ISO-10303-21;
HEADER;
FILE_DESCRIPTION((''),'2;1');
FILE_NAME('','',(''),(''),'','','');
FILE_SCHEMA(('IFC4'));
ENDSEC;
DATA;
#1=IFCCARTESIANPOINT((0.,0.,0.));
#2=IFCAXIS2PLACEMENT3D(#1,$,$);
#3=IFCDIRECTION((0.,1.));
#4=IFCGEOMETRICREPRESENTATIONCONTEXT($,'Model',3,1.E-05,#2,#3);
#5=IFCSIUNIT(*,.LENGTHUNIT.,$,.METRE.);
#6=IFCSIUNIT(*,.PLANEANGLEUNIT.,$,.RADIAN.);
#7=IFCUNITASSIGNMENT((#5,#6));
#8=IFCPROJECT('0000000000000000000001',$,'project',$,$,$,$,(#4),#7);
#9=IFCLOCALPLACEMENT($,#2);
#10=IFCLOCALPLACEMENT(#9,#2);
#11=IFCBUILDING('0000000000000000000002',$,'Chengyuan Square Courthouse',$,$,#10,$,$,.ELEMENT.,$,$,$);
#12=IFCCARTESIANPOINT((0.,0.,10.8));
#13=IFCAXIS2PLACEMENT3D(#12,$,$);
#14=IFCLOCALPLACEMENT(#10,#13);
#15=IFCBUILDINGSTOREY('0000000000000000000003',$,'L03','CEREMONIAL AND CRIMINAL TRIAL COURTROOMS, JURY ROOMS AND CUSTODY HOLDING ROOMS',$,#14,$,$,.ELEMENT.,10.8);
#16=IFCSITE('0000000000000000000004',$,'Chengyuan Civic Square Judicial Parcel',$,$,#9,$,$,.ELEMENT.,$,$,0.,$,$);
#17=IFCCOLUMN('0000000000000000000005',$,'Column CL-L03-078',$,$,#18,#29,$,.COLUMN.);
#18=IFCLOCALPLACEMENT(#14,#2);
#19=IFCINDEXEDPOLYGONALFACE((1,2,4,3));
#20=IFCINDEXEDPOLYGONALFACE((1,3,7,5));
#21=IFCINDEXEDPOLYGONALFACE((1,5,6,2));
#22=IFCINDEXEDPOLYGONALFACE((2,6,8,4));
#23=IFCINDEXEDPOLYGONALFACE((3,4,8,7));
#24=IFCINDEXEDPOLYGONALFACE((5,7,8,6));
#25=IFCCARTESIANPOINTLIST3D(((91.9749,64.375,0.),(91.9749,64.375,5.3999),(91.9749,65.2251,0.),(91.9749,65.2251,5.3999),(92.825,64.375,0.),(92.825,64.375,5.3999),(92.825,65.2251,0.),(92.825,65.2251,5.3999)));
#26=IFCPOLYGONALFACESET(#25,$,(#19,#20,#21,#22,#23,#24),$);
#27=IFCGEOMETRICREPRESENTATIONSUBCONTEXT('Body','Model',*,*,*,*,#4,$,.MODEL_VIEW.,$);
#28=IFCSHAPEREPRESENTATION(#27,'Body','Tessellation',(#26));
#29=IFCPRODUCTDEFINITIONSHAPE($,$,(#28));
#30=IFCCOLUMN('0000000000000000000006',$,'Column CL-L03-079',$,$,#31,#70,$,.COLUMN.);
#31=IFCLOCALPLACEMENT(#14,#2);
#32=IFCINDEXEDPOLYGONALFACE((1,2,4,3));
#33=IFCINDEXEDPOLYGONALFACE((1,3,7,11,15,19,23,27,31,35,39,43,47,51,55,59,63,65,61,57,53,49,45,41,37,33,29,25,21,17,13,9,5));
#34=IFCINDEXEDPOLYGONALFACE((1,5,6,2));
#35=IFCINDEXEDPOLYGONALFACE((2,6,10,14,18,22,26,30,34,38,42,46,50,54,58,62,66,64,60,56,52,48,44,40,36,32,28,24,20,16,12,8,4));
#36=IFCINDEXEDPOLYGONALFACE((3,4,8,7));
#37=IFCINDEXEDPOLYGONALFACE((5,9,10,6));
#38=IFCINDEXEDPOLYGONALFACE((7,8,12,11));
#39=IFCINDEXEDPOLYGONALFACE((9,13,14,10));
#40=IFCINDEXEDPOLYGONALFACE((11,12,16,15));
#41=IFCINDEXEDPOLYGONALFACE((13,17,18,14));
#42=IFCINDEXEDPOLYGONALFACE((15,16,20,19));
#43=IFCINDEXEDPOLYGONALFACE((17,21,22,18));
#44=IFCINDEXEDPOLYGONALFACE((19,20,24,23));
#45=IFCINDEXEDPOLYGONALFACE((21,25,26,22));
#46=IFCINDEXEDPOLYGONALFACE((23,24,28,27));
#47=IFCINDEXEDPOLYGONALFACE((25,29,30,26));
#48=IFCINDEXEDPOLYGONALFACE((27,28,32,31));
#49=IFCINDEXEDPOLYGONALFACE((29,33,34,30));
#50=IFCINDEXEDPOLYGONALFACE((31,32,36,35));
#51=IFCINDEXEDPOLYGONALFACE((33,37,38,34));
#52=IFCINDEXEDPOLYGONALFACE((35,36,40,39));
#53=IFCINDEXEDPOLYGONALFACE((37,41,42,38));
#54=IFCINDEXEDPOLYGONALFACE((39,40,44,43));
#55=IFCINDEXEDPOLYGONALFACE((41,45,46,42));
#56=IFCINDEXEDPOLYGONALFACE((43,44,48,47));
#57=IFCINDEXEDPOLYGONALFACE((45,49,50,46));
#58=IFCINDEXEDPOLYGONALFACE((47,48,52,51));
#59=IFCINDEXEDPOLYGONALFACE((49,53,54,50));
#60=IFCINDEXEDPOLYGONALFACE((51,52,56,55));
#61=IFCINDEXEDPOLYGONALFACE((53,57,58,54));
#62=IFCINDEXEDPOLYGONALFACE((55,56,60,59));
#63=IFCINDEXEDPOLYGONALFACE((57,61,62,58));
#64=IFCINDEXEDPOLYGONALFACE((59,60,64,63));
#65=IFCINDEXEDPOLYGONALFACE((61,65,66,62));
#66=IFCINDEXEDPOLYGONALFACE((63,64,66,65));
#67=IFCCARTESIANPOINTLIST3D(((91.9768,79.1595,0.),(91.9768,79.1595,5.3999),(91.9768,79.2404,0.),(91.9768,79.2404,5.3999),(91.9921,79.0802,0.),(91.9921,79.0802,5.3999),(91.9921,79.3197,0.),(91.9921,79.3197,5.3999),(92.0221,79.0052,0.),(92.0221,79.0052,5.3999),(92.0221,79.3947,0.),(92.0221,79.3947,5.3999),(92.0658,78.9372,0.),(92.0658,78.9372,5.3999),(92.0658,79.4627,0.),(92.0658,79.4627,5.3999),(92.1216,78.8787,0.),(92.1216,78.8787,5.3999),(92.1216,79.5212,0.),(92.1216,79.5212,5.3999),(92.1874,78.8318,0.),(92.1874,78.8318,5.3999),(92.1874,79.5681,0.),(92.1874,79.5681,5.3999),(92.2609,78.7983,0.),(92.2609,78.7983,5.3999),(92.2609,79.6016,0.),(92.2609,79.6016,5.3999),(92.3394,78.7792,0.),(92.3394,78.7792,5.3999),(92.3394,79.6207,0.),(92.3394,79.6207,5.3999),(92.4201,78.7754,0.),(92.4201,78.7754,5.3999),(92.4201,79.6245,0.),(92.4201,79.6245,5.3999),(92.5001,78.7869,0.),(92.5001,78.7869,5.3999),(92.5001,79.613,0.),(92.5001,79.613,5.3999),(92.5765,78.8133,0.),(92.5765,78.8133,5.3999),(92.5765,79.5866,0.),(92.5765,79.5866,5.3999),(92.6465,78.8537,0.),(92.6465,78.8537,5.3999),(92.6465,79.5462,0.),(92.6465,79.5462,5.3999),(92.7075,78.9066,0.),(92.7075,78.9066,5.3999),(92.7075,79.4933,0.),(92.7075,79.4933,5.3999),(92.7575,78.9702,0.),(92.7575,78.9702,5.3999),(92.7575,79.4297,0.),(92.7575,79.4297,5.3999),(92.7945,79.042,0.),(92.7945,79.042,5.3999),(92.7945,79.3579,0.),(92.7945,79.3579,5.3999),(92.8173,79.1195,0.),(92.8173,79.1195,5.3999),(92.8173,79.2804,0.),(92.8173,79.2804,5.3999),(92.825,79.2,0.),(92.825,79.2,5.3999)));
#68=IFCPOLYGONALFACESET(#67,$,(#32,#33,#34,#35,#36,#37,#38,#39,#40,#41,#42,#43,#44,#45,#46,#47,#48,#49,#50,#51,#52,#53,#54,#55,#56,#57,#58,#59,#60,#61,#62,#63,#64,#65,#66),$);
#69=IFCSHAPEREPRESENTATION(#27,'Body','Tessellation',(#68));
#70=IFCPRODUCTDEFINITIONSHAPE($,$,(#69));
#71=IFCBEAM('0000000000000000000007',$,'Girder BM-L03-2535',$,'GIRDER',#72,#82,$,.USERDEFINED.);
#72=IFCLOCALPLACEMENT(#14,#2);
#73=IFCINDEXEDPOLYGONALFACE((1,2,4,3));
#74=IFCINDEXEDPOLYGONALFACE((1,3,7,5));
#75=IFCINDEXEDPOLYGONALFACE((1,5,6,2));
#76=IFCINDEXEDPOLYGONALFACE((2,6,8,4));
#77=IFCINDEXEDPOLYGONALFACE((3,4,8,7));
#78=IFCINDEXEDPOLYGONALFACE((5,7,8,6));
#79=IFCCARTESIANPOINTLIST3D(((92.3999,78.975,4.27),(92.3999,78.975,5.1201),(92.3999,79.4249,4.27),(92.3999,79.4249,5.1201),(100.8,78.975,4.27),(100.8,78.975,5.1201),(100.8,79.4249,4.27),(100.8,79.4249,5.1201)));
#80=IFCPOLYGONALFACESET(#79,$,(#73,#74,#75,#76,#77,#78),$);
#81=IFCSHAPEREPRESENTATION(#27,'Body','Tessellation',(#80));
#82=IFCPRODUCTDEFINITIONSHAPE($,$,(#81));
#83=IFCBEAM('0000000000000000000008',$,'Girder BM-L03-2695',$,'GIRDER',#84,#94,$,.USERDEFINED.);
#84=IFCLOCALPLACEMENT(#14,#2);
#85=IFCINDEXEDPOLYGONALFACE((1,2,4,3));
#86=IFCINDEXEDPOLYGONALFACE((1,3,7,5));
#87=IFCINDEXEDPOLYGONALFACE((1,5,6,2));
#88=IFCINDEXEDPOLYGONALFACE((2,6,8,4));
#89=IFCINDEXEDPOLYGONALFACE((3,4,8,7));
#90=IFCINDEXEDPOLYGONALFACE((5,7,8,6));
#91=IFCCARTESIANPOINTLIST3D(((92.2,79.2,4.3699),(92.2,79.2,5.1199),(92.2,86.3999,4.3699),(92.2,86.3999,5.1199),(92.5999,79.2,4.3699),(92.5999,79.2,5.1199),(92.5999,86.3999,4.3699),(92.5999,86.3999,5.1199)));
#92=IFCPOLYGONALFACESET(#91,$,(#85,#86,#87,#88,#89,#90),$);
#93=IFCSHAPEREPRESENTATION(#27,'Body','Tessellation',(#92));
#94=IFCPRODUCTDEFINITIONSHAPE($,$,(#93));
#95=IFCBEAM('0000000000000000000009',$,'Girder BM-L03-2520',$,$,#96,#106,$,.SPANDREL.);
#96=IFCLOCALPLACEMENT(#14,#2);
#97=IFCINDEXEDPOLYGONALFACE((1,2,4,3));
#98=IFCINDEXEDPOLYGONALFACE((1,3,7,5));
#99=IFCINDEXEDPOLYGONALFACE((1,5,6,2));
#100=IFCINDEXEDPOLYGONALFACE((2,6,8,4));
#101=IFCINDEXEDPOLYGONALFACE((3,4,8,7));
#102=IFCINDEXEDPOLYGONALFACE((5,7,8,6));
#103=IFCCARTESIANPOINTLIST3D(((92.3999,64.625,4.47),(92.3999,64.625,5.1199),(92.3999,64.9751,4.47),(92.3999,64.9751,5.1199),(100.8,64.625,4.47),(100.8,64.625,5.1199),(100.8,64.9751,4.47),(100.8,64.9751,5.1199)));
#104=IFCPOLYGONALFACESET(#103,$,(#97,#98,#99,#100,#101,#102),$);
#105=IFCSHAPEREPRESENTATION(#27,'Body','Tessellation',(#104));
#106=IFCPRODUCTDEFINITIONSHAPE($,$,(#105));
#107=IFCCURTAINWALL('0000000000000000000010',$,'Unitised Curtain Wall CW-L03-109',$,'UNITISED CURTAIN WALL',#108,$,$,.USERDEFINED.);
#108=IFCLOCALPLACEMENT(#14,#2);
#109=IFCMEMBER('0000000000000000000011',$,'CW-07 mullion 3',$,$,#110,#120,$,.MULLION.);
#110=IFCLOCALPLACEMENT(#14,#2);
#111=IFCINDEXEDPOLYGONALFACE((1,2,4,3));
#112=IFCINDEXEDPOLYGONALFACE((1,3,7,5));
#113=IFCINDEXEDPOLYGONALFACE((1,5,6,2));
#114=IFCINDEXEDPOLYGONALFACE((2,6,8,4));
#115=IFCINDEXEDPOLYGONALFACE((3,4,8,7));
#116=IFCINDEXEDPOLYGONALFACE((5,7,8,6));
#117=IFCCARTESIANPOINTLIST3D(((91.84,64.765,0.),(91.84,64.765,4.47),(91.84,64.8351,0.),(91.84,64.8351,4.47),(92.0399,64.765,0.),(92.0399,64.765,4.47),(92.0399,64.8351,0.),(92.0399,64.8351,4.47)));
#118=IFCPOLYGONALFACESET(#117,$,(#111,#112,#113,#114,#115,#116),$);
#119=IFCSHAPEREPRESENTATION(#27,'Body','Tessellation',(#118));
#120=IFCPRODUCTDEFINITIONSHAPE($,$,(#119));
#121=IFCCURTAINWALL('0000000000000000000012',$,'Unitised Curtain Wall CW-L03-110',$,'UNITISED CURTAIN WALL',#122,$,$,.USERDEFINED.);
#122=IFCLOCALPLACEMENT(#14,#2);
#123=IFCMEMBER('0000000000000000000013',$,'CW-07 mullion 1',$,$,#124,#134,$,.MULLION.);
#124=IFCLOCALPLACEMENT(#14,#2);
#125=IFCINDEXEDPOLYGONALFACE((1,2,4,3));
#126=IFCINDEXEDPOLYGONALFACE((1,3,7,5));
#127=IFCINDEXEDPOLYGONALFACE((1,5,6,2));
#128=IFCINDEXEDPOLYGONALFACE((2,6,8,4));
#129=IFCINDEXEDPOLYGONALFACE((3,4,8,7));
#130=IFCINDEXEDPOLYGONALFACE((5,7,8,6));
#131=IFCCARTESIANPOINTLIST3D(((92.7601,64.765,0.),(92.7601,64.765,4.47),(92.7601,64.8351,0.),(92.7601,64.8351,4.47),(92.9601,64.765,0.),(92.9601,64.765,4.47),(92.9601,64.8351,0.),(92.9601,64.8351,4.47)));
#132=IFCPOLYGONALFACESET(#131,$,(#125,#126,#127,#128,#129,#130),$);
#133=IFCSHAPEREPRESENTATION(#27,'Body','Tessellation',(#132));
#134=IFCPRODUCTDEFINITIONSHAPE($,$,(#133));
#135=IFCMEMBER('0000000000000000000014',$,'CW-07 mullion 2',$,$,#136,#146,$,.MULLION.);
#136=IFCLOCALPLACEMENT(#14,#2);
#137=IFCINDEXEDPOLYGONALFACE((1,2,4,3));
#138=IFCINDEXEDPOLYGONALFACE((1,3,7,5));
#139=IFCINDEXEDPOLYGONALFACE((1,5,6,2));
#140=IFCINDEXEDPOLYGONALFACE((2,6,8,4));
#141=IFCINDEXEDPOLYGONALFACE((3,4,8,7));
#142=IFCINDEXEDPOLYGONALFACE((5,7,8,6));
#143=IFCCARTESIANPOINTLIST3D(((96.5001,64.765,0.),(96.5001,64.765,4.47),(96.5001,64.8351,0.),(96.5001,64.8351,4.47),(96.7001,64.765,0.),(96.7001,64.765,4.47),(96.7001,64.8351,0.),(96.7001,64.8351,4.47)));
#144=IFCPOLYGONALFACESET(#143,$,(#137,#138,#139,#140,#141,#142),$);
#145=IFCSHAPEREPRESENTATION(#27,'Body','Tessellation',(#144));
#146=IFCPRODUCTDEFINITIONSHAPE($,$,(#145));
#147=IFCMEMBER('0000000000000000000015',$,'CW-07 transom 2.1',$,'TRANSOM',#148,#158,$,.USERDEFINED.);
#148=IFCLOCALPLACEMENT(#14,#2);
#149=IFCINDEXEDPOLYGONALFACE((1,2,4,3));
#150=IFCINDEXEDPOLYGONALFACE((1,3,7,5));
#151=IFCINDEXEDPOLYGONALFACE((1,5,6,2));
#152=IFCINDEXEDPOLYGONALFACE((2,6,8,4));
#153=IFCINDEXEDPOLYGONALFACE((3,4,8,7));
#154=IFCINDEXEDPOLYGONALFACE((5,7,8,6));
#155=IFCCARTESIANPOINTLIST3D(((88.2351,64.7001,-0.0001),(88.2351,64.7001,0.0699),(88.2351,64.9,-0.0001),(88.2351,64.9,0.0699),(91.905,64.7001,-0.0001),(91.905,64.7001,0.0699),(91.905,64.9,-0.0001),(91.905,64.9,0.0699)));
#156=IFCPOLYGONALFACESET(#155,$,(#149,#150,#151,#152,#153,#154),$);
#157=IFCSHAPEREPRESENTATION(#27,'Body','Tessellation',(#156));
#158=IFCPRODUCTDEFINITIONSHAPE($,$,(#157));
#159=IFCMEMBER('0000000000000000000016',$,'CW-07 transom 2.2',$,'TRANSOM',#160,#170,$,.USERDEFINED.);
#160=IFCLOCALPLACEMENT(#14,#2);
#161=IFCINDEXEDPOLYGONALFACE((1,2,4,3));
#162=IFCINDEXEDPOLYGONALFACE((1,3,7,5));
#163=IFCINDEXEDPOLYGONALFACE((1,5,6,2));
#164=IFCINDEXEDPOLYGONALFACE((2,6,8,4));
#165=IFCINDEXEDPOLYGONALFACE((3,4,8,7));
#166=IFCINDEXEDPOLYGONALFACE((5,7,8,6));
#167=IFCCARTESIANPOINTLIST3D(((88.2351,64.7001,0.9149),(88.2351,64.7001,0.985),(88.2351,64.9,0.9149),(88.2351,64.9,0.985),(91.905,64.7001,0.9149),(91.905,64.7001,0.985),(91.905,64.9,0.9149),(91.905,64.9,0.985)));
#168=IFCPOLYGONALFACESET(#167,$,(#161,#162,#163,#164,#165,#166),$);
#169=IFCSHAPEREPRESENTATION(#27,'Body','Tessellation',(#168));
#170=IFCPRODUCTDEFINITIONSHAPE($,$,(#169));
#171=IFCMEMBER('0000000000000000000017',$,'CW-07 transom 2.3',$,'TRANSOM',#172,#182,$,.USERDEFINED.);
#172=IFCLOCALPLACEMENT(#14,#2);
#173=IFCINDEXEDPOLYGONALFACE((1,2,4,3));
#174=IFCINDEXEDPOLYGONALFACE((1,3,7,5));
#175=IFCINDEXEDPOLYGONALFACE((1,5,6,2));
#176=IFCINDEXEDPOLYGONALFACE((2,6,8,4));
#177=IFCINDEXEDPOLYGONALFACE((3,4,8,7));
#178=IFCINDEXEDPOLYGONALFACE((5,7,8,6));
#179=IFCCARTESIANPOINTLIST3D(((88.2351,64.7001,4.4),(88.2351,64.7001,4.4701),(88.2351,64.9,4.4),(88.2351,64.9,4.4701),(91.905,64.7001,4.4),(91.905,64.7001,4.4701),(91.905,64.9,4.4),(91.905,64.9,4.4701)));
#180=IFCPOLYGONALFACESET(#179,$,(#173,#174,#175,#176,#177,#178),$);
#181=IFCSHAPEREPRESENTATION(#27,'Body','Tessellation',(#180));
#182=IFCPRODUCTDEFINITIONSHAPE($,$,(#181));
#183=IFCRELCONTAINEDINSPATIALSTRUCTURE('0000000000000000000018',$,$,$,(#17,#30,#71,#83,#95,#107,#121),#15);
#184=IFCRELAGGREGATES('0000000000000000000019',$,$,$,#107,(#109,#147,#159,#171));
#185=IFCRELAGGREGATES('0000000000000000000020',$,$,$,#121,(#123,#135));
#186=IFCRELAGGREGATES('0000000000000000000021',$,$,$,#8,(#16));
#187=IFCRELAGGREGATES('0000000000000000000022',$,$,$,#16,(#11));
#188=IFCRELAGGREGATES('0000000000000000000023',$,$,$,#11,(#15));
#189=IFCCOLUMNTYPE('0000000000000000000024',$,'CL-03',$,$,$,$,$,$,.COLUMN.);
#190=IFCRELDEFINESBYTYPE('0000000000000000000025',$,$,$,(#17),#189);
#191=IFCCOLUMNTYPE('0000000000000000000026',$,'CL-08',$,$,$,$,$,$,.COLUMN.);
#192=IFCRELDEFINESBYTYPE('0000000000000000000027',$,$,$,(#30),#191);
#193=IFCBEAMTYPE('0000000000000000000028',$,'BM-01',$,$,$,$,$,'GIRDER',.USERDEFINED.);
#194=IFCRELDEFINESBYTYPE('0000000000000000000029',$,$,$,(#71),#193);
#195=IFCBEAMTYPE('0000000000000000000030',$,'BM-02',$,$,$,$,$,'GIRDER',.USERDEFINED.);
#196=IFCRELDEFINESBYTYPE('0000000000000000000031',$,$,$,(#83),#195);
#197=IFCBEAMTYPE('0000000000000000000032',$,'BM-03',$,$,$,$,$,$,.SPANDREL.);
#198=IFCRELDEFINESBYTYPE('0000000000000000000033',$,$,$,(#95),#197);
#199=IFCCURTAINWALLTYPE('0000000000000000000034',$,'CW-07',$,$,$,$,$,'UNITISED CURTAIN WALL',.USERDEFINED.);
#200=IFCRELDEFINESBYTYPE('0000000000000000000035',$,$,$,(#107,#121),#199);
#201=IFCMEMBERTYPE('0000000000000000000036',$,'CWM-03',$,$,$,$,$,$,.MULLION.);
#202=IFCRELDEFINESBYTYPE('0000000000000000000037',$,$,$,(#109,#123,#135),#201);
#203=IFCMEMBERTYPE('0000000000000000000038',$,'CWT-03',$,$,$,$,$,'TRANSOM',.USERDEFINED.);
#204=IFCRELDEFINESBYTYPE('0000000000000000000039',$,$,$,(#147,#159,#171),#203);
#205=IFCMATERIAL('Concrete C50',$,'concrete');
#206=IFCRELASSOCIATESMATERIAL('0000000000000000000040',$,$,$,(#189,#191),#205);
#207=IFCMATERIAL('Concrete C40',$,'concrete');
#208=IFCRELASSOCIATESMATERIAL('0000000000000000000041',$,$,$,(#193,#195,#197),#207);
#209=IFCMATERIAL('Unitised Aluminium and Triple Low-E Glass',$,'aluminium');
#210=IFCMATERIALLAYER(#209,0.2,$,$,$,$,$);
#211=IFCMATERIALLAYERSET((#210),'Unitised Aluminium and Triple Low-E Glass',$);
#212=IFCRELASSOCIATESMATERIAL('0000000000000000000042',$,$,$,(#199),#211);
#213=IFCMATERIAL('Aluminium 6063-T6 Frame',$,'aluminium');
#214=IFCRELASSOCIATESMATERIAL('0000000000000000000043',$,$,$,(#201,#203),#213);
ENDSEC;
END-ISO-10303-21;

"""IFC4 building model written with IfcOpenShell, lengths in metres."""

from ifc_helpers import new_model, si_unit, direction, frame, origin, origin_2d, place, context, subcontext, project, spatial, rectangle, circle, extrude, material, layer, layer_set, material_profile, profile_set, type_object, element, aggregate, save


model = new_model("IFC4")

# Units and contexts
model_context = context("Model", 3, precision=1e-05, world=origin(), true_north=direction((0.0, 1.0)))
body_context = subcontext(model_context, "Body", "Model", "MODEL_VIEW")
ifc_project = project(units=[si_unit("LENGTHUNIT", "METRE"), si_unit("PLANEANGLEUNIT", "RADIAN")], contexts=[model_context])

# Site, building, storey
site_placement = place(None, origin())
site = spatial("IfcSite", under=ifc_project, at=site_placement, Name="Chengyuan Civic Square Judicial Parcel", CompositionType="ELEMENT", RefElevation=0.0)
building_placement = place(site_placement, origin())
building = spatial("IfcBuilding", under=site, at=building_placement, Name="Chengyuan Square Courthouse", CompositionType="ELEMENT")
storey_placement = place(building_placement, frame((0.0, 0.0, 10.8)))
storey = spatial("IfcBuildingStorey", under=building, at=storey_placement, Name="L03", Description="CEREMONIAL AND CRIMINAL TRIAL COURTROOMS, JURY ROOMS AND CUSTODY HOLDING ROOMS", CompositionType="ELEMENT", Elevation=10.8)

# Columns
ifc_material_1 = material(Name="Concrete C50", Category="concrete")
ifc_material_profile_1 = material_profile(ifc_material_1, rectangle(XDim=0.8501, YDim=0.8501, at=origin_2d()), Name="RC-COL-850x850")
ifc_profile_set_1 = profile_set([ifc_material_profile_1], Name="Concrete C50")
column_type_1 = type_object("IfcColumnType", Name="CL-03", PredefinedType="COLUMN", material=ifc_profile_set_1)
column_1_placement = place(storey_placement, frame((92.3999, 64.8, 0.0), z_axis=(0.0, 0.0, 1.0), x_axis=(1.0, 0.0, 0.0)))
element("IfcColumn", 1, at=column_1_placement, inside=storey, type_object=column_type_1, Name="Column CL-L03-078", PredefinedType="COLUMN", context=body_context, shape_type="SweptSolid", body=[
    extrude(rectangle(XDim=0.8501, YDim=0.8501, at=origin_2d()), origin(), (0.0, 0.0, 1.0), 5.3999),
])
ifc_material_profile_2 = material_profile(ifc_material_1, circle(Radius=0.425, at=origin_2d()), Name="RC-COL-D850")
ifc_profile_set_2 = profile_set([ifc_material_profile_2], Name="Concrete C50")
column_type_2 = type_object("IfcColumnType", Name="CL-08", PredefinedType="COLUMN", material=ifc_profile_set_2)
column_2_placement = place(storey_placement, frame((92.3999, 79.2, 0.0), z_axis=(0.0, 0.0, 1.0), x_axis=(1.0, 0.0, 0.0)))
element("IfcColumn", 2, at=column_2_placement, inside=storey, type_object=column_type_2, Name="Column CL-L03-079", PredefinedType="COLUMN", context=body_context, shape_type="SweptSolid", body=[
    extrude(circle(Radius=0.425, at=origin_2d()), origin(), (0.0, 0.0, 1.0), 5.3999),
])

# Beams
ifc_material_2 = material(Name="Concrete C40", Category="concrete")
ifc_material_profile_3 = material_profile(ifc_material_2, rectangle(XDim=0.45, YDim=0.8501, at=origin_2d()), Name="RC-BM-450x850")
ifc_profile_set_3 = profile_set([ifc_material_profile_3], Name="Concrete C40")
beam_type_1 = type_object("IfcBeamType", Name="BM-01", ElementType="GIRDER", PredefinedType="USERDEFINED", material=ifc_profile_set_3)
beam_1_placement = place(storey_placement, frame((92.3999, 79.2, 4.6951), z_axis=(1.0, 0.0, 0.0), x_axis=(0.0, 1.0, 0.0)))
element("IfcBeam", 3, at=beam_1_placement, inside=storey, type_object=beam_type_1, Name="Girder BM-L03-2535", ObjectType="GIRDER", PredefinedType="USERDEFINED", context=body_context, shape_type="SweptSolid", body=[
    extrude(rectangle(XDim=0.45, YDim=0.8501, at=origin_2d()), origin(), (0.0, 0.0, 1.0), 8.4001),
])
ifc_material_profile_4 = material_profile(ifc_material_2, rectangle(XDim=0.3999, YDim=0.75, at=origin_2d()), Name="RC-BM-400x750")
ifc_profile_set_4 = profile_set([ifc_material_profile_4], Name="Concrete C40")
beam_type_2 = type_object("IfcBeamType", Name="BM-02", ElementType="GIRDER", PredefinedType="USERDEFINED", material=ifc_profile_set_4)
beam_2_placement = place(storey_placement, frame((92.3999, 79.2, 4.7449), z_axis=(0.0, 1.0, 0.0), x_axis=(-1.0, 0.0, 0.0)))
element("IfcBeam", 4, at=beam_2_placement, inside=storey, type_object=beam_type_2, Name="Girder BM-L03-2695", ObjectType="GIRDER", PredefinedType="USERDEFINED", context=body_context, shape_type="SweptSolid", body=[
    extrude(rectangle(XDim=0.3999, YDim=0.75, at=origin_2d()), origin(), (0.0, 0.0, 1.0), 7.2),
])
ifc_material_profile_5 = material_profile(ifc_material_2, rectangle(XDim=0.3501, YDim=0.6499, at=origin_2d()), Name="RC-BM-350x650")
ifc_profile_set_5 = profile_set([ifc_material_profile_5], Name="Concrete C40")
beam_type_3 = type_object("IfcBeamType", Name="BM-03", PredefinedType="SPANDREL", material=ifc_profile_set_5)
beam_3_placement = place(storey_placement, frame((92.3999, 64.8, 4.7949), z_axis=(1.0, 0.0, 0.0), x_axis=(0.0, 1.0, 0.0)))
element("IfcBeam", 5, at=beam_3_placement, inside=storey, type_object=beam_type_3, Name="Girder BM-L03-2520", PredefinedType="SPANDREL", context=body_context, shape_type="SweptSolid", body=[
    extrude(rectangle(XDim=0.3501, YDim=0.6499, at=origin_2d()), origin(), (0.0, 0.0, 1.0), 8.4001),
])

# Curtain wall, member
ifc_material_3 = material(Name="Unitised Aluminium and Triple Low-E Glass", Category="aluminium")
ifc_layer_1 = layer(ifc_material_3, 0.2)
ifc_layer_set_1 = layer_set([ifc_layer_1], Name="Unitised Aluminium and Triple Low-E Glass")
curtain_wall_type = type_object("IfcCurtainWallType", Name="CW-07", ElementType="UNITISED CURTAIN WALL", PredefinedType="USERDEFINED", material=ifc_layer_set_1)
curtain_wall_1_placement = place(storey_placement, origin())
curtain_wall_1 = element("IfcCurtainWall", 6, at=curtain_wall_1_placement, inside=storey, type_object=curtain_wall_type, Name="Unitised Curtain Wall CW-L03-109", ObjectType="UNITISED CURTAIN WALL", PredefinedType="USERDEFINED")
ifc_material_4 = material(Name="Aluminium 6063-T6 Frame", Category="aluminium")
ifc_material_profile_6 = material_profile(ifc_material_4, rectangle(XDim=0.0701, YDim=0.2, at=origin_2d()), Name="CW-MUL-70x200")
ifc_profile_set_6 = profile_set([ifc_material_profile_6], Name="Aluminium 6063-T6 Frame")
member_type_1 = type_object("IfcMemberType", Name="CWM-03", PredefinedType="MULLION", material=ifc_profile_set_6)
member_1_placement = place(storey_placement, frame((91.9399, 64.8, 0.0), z_axis=(0.0, 0.0, 1.0), x_axis=(0.0, 1.0, 0.0)))
member_1 = element("IfcMember", 7, at=member_1_placement, type_object=member_type_1, Name="CW-07 mullion 3", PredefinedType="MULLION", context=body_context, shape_type="SweptSolid", body=[
    extrude(rectangle(XDim=0.0701, YDim=0.2, at=origin_2d()), origin(), (0.0, 0.0, 1.0), 4.47),
])

# Curtain wall, members
curtain_wall_2_placement = place(storey_placement, origin())
curtain_wall_2 = element("IfcCurtainWall", 8, at=curtain_wall_2_placement, inside=storey, type_object=curtain_wall_type, Name="Unitised Curtain Wall CW-L03-110", ObjectType="UNITISED CURTAIN WALL", PredefinedType="USERDEFINED")
member_2_placement = place(storey_placement, frame((92.8601, 64.8, 0.0), z_axis=(0.0, 0.0, 1.0), x_axis=(0.0, 1.0, 0.0)))
member_2 = element("IfcMember", 9, at=member_2_placement, type_object=member_type_1, Name="CW-07 mullion 1", PredefinedType="MULLION", context=body_context, shape_type="SweptSolid", body=[
    extrude(rectangle(XDim=0.0701, YDim=0.2, at=origin_2d()), origin(), (0.0, 0.0, 1.0), 4.47),
])
member_3_placement = place(storey_placement, frame((96.6001, 64.8, 0.0), z_axis=(0.0, 0.0, 1.0), x_axis=(0.0, 1.0, 0.0)))
member_3 = element("IfcMember", 10, at=member_3_placement, type_object=member_type_1, Name="CW-07 mullion 2", PredefinedType="MULLION", context=body_context, shape_type="SweptSolid", body=[
    extrude(rectangle(XDim=0.0701, YDim=0.2, at=origin_2d()), origin(), (0.0, 0.0, 1.0), 4.47),
])

# Members
ifc_material_profile_7 = material_profile(ifc_material_4, rectangle(XDim=0.2, YDim=0.0701, at=origin_2d()), Name="CW-TRN-70x160")
ifc_profile_set_7 = profile_set([ifc_material_profile_7], Name="Aluminium 6063-T6 Frame")
member_type_2 = type_object("IfcMemberType", Name="CWT-03", ElementType="TRANSOM", PredefinedType="USERDEFINED", material=ifc_profile_set_7)
member_4_placement = place(storey_placement, frame((88.2351, 64.8, 0.0349), z_axis=(1.0, 0.0, 0.0), x_axis=(0.0, 1.0, 0.0)))
member_4 = element("IfcMember", 11, at=member_4_placement, type_object=member_type_2, Name="CW-07 transom 2.1", ObjectType="TRANSOM", PredefinedType="USERDEFINED", context=body_context, shape_type="SweptSolid", body=[
    extrude(rectangle(XDim=0.2, YDim=0.0701, at=origin_2d()), origin(), (0.0, 0.0, 1.0), 3.6699),
])
member_5_placement = place(storey_placement, frame((88.2351, 64.8, 0.95), z_axis=(1.0, 0.0, 0.0), x_axis=(0.0, 1.0, 0.0)))
member_5 = element("IfcMember", 12, at=member_5_placement, type_object=member_type_2, Name="CW-07 transom 2.2", ObjectType="TRANSOM", PredefinedType="USERDEFINED", context=body_context, shape_type="SweptSolid", body=[
    extrude(rectangle(XDim=0.2, YDim=0.0701, at=origin_2d()), origin(), (0.0, 0.0, 1.0), 3.6699),
])
member_6_placement = place(storey_placement, frame((88.2351, 64.8, 4.4351), z_axis=(1.0, 0.0, 0.0), x_axis=(0.0, 1.0, 0.0)))
member_6 = element("IfcMember", 13, at=member_6_placement, type_object=member_type_2, Name="CW-07 transom 2.3", ObjectType="TRANSOM", PredefinedType="USERDEFINED", context=body_context, shape_type="SweptSolid", body=[
    extrude(rectangle(XDim=0.2, YDim=0.0701, at=origin_2d()), origin(), (0.0, 0.0, 1.0), 3.6699),
])

aggregate(curtain_wall_1, [member_1, member_4, member_5, member_6])
aggregate(curtain_wall_2, [member_2, member_3])

save(model, "model.ifc")
